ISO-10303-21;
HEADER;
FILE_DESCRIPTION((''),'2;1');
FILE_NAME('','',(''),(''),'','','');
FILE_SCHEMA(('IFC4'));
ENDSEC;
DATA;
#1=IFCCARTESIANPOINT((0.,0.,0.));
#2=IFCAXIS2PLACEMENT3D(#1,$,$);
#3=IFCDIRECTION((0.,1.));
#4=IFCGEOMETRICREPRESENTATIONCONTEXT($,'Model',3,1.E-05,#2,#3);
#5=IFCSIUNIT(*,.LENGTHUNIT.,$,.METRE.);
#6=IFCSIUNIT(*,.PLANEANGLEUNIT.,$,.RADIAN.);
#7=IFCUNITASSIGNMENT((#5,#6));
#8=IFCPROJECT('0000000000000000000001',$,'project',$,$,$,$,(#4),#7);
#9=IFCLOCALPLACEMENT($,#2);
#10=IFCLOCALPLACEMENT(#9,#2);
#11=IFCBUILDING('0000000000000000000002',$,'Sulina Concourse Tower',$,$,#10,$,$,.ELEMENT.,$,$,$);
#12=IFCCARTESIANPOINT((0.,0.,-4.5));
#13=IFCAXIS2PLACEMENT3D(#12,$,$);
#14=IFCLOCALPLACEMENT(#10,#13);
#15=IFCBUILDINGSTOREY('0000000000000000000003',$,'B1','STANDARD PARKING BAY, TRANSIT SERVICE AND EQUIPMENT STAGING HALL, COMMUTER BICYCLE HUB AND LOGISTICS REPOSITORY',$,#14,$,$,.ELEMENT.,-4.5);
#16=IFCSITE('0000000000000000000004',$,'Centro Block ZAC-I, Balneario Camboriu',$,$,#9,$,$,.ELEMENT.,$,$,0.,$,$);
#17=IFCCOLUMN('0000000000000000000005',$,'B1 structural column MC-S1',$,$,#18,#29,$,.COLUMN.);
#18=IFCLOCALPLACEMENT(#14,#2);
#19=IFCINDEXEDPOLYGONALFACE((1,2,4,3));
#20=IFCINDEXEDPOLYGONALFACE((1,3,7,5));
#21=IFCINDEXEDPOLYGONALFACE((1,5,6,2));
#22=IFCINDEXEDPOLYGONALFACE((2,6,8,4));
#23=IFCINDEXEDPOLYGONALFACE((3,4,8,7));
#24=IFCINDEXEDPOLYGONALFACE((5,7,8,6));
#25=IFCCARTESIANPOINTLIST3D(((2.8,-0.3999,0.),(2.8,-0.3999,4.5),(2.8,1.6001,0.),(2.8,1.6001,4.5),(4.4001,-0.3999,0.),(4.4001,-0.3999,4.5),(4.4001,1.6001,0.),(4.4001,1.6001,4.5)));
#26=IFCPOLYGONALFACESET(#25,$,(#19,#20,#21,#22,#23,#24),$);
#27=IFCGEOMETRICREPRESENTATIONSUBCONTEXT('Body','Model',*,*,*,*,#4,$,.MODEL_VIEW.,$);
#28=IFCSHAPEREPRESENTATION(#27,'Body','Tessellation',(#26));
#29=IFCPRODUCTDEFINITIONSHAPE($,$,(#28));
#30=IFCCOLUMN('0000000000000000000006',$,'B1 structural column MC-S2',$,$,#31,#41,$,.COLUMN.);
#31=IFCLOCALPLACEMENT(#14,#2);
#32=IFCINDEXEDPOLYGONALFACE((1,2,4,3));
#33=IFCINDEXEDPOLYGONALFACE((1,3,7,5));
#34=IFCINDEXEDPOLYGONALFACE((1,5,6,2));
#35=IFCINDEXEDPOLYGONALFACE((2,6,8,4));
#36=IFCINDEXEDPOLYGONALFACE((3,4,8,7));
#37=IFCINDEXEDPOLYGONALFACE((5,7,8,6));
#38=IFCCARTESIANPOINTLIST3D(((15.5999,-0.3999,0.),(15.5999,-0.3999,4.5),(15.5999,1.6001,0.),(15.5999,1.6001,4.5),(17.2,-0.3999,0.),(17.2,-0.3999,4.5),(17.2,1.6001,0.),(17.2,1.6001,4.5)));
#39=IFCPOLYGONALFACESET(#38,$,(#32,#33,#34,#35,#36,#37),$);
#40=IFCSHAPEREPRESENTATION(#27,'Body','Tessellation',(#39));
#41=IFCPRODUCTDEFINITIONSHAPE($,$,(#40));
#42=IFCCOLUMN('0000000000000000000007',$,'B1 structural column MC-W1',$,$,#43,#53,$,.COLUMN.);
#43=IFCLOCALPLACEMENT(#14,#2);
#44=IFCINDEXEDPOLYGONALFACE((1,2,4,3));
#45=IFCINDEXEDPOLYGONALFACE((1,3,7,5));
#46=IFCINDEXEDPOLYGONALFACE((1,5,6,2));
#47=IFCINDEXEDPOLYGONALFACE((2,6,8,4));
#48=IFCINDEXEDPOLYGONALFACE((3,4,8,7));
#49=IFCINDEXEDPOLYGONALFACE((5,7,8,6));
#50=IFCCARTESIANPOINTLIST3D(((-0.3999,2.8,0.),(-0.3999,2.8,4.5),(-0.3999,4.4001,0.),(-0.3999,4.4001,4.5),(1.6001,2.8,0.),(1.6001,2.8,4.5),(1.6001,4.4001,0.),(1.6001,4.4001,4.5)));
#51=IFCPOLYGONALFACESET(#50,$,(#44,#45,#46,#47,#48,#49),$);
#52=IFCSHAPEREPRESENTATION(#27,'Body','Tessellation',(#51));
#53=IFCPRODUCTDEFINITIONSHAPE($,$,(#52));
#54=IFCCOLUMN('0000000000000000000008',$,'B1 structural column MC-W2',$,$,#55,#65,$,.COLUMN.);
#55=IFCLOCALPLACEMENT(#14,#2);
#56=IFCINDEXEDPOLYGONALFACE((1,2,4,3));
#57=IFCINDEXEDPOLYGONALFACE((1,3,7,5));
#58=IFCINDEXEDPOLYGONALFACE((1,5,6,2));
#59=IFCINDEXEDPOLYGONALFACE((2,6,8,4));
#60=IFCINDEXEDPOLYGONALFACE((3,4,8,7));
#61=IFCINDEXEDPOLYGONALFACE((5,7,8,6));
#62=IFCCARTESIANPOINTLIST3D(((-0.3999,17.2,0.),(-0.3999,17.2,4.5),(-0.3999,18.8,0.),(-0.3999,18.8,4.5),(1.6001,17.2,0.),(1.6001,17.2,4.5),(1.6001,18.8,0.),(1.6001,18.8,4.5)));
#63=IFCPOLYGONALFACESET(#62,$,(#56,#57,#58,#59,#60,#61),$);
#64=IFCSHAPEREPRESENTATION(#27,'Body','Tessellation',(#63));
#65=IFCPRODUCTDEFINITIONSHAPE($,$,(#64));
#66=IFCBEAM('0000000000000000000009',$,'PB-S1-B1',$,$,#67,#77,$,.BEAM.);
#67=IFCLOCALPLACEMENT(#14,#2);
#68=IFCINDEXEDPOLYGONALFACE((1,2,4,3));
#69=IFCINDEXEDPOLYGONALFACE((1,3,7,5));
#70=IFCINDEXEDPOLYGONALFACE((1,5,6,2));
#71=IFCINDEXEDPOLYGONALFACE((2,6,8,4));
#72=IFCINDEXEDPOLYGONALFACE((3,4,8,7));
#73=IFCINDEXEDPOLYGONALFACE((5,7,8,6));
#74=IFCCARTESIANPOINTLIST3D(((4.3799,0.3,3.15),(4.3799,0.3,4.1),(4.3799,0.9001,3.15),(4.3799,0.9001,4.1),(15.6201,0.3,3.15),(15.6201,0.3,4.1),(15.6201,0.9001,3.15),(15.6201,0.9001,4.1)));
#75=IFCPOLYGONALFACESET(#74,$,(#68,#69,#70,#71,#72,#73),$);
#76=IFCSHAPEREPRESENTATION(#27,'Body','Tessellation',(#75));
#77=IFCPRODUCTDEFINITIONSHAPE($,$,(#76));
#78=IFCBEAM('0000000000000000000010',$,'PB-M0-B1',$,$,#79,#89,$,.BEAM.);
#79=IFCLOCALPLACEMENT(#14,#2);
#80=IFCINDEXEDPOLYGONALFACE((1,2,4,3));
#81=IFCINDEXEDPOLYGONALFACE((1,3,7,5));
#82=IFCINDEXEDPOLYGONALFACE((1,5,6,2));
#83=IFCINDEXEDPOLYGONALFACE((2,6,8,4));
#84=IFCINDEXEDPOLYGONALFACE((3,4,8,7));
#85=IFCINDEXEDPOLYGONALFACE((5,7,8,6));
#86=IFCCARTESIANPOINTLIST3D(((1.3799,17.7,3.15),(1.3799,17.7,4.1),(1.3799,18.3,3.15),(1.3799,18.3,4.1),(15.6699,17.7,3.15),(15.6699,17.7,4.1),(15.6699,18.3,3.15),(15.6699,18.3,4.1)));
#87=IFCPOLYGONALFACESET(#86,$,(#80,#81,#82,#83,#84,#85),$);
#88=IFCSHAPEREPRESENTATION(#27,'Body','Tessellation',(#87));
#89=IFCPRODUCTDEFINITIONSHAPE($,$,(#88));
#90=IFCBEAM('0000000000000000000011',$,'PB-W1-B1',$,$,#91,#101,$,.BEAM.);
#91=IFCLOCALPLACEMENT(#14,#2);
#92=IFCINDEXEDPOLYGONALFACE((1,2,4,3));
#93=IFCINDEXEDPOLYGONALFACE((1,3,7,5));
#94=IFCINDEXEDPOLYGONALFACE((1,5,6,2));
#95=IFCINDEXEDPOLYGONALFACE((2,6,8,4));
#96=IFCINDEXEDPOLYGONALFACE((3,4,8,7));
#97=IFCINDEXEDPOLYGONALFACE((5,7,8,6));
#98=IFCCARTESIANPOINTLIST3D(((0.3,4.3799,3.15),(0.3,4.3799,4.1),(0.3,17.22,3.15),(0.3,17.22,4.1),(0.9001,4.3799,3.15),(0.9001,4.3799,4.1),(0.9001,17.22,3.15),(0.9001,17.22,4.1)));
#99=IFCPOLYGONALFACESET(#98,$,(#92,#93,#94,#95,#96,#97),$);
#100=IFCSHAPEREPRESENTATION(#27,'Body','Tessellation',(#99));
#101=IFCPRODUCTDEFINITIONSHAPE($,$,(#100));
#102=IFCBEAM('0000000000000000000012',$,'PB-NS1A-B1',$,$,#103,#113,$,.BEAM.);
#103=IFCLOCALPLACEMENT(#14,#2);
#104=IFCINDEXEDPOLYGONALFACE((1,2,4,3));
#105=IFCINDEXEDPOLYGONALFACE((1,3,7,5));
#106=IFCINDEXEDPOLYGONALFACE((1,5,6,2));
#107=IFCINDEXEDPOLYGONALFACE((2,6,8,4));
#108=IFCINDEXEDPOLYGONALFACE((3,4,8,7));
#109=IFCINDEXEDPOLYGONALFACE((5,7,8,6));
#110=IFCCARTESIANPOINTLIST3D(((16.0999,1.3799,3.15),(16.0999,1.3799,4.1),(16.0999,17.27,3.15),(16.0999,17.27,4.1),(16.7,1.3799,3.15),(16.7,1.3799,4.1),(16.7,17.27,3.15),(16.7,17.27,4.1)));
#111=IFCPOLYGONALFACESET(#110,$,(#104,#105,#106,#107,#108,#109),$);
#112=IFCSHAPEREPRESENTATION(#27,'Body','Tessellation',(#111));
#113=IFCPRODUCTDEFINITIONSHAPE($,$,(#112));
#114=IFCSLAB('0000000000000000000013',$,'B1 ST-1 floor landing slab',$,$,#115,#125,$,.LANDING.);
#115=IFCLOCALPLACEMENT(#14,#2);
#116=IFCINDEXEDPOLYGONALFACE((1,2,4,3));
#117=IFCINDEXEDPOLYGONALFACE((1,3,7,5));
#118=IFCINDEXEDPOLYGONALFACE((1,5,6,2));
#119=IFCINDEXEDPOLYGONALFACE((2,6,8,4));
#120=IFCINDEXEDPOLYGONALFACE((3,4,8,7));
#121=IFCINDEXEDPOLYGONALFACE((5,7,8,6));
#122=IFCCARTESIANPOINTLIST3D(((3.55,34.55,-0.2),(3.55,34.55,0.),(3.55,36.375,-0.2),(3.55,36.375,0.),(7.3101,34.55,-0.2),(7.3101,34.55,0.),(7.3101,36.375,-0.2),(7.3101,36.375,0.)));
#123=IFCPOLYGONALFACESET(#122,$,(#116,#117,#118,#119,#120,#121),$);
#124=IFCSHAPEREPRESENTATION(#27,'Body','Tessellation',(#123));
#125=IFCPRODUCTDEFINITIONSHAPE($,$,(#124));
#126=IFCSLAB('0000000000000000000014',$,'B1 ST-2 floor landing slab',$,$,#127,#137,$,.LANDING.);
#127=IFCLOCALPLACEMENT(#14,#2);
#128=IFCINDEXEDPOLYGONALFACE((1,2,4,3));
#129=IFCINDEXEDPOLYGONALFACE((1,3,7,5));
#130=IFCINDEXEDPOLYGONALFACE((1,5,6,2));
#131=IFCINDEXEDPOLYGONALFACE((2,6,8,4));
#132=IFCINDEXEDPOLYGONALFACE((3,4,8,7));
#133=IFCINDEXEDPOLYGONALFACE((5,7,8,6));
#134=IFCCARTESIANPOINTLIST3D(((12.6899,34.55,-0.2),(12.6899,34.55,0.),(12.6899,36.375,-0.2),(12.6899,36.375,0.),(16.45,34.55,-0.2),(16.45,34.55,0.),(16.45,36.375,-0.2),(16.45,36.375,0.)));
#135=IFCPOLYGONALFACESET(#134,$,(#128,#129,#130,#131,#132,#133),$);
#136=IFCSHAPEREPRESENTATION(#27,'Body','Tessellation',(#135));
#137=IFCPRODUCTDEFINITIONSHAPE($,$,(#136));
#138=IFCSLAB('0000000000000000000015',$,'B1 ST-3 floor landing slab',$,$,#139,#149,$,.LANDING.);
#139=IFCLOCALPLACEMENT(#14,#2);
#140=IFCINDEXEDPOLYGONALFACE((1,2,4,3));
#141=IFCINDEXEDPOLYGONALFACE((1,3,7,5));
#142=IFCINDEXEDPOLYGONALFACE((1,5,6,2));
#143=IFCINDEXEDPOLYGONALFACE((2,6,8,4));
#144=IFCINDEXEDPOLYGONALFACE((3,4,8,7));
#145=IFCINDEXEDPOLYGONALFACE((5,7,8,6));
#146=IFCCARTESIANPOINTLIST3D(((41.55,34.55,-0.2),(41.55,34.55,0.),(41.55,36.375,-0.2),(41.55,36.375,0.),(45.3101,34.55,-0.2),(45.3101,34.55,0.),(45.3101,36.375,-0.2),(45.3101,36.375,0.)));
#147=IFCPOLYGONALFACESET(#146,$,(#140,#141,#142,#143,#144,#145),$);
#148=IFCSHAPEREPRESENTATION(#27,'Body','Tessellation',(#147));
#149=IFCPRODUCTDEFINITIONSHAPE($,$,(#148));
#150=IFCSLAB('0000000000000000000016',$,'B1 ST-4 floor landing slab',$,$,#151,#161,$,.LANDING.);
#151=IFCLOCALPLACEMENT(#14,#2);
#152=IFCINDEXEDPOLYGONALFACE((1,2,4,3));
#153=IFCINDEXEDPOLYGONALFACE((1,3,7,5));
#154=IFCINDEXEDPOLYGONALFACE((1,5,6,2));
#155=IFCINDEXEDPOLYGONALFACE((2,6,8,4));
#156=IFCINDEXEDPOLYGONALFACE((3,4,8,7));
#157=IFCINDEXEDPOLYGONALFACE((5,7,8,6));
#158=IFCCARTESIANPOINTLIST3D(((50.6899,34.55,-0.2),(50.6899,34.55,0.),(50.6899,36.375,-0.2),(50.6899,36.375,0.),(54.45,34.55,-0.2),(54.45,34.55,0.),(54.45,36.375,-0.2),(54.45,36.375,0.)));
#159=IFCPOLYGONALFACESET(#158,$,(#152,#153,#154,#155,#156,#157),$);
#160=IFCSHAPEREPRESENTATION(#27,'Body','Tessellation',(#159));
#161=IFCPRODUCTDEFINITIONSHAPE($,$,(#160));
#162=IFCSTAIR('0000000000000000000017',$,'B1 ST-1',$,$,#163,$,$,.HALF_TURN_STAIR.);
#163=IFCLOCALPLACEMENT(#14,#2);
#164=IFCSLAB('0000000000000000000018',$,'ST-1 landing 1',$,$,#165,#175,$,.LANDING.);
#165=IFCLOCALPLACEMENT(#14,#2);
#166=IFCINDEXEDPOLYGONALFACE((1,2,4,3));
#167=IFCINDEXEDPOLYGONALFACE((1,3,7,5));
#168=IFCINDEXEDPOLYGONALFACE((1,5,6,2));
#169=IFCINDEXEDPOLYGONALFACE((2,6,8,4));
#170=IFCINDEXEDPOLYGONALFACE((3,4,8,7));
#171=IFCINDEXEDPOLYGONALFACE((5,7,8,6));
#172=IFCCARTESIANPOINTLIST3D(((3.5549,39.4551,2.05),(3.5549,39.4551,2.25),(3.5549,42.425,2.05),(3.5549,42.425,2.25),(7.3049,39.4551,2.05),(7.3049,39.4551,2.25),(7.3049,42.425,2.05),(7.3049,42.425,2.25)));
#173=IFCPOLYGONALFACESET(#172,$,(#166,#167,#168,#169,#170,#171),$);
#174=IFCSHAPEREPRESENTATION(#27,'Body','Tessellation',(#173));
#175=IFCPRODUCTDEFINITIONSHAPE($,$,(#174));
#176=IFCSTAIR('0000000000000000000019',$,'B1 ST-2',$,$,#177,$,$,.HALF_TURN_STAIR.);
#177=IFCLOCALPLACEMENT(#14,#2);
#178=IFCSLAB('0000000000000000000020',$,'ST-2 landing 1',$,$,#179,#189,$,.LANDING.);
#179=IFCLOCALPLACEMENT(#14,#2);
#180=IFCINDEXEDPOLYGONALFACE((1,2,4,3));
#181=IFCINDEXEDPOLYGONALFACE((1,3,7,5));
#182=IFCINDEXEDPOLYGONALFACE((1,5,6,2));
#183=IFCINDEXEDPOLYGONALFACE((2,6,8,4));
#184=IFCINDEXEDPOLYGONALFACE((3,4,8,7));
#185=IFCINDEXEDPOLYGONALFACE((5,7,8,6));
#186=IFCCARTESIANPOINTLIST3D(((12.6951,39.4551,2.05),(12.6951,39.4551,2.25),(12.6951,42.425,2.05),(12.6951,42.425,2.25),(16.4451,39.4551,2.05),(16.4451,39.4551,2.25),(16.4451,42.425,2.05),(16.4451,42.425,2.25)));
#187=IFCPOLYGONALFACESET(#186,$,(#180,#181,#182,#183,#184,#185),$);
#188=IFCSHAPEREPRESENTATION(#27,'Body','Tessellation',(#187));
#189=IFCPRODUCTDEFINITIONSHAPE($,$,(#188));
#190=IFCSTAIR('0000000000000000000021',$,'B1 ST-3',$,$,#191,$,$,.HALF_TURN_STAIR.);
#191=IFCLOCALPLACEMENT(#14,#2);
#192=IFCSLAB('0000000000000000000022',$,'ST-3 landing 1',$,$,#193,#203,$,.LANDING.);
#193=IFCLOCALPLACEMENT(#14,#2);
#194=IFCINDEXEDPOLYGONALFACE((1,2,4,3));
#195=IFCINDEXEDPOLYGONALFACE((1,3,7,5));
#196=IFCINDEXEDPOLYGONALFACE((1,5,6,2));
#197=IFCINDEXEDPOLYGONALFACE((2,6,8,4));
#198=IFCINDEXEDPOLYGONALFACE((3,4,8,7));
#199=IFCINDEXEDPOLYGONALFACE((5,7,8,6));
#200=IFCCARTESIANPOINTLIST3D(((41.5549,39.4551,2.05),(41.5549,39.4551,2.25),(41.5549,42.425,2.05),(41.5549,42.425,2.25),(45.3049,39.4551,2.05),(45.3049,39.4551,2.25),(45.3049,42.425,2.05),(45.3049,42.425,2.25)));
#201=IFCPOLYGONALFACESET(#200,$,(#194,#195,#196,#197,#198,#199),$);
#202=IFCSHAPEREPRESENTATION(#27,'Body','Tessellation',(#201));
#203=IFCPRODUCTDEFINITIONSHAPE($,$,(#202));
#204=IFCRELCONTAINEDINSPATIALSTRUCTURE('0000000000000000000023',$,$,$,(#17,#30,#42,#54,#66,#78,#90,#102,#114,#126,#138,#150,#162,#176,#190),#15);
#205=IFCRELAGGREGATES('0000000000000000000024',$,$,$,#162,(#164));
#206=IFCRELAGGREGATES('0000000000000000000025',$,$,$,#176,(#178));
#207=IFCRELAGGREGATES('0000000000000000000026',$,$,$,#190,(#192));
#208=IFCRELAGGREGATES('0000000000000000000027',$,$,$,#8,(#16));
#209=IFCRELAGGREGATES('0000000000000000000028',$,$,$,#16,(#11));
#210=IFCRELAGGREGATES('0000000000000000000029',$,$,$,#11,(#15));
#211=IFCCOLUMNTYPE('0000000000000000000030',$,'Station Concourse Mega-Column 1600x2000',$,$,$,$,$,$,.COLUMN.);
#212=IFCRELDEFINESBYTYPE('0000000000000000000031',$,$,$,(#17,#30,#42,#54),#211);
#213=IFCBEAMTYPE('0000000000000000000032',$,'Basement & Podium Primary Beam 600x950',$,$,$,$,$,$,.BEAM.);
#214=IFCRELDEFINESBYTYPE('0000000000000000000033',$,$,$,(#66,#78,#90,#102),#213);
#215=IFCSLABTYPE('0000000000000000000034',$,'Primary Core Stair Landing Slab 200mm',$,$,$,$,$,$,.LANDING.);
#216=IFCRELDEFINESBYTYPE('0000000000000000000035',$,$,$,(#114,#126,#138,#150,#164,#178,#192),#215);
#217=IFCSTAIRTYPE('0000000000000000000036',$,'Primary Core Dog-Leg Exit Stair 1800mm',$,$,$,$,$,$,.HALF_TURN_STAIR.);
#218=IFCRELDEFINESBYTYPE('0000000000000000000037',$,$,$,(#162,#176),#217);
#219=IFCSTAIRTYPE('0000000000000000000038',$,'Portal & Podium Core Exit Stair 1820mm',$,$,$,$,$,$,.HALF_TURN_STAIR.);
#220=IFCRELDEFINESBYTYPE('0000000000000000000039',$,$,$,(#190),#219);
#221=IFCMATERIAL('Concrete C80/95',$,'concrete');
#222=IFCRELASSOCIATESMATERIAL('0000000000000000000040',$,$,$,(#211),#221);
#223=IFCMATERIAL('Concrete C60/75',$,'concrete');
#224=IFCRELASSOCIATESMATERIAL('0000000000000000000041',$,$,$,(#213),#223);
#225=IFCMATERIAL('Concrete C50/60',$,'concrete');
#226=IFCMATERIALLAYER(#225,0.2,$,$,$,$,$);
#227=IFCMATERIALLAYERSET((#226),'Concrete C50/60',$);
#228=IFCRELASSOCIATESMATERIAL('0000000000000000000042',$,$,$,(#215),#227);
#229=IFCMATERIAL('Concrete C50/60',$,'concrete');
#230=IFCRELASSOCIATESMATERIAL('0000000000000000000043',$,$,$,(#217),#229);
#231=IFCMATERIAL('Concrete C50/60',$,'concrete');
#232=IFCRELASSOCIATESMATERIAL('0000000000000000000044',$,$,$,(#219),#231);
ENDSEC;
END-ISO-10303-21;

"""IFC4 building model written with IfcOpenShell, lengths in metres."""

from ifc_helpers import new_model, si_unit, direction, frame, origin, origin_2d, place, context, subcontext, project, spatial, polyline, rectangle, outline, extrude, material, layer, layer_set, material_profile, profile_set, type_object, element, aggregate, save


model = new_model("IFC4")

# Units and contexts
model_context = context("Model", 3, precision=1e-05, world=origin(), true_north=direction((0.0, 1.0)))
body_context = subcontext(model_context, "Body", "Model", "MODEL_VIEW")
ifc_project = project(units=[si_unit("LENGTHUNIT", "METRE"), si_unit("PLANEANGLEUNIT", "RADIAN")], contexts=[model_context])

# Site, building, storey
site_placement = place(None, origin())
site = spatial("IfcSite", under=ifc_project, at=site_placement, Name="Centro Block ZAC-I, Balneario Camboriu", CompositionType="ELEMENT", RefElevation=0.0)
building_placement = place(site_placement, origin())
building = spatial("IfcBuilding", under=site, at=building_placement, Name="Sulina Concourse Tower", CompositionType="ELEMENT")
storey_placement = place(building_placement, frame((0.0, 0.0, -4.5)))
storey = spatial("IfcBuildingStorey", under=building, at=storey_placement, Name="B1", Description="STANDARD PARKING BAY, TRANSIT SERVICE AND EQUIPMENT STAGING HALL, COMMUTER BICYCLE HUB AND LOGISTICS REPOSITORY", CompositionType="ELEMENT", Elevation=-4.5)

# Columns
ifc_material_1 = material(Name="Concrete C80/95", Category="concrete")
ifc_material_profile_1 = material_profile(ifc_material_1, rectangle(XDim=1.6001, YDim=2.0, at=origin_2d()), Name="RC 1600x2000")
ifc_profile_set_1 = profile_set([ifc_material_profile_1], Name="Concrete C80/95")
column_type = type_object("IfcColumnType", Name="Station Concourse Mega-Column 1600x2000", PredefinedType="COLUMN", material=ifc_profile_set_1)
for number, where, z_axis, x_axis, name in (
    (1, (3.6001, 0.6001, 0.0), (0.0, 0.0, 1.0), (1.0, 0.0, 0.0), "B1 structural column MC-S1"),
    (2, (16.3999, 0.6001, 0.0), (0.0, 0.0, 1.0), (1.0, 0.0, 0.0), "B1 structural column MC-S2"),
    (3, (0.6001, 3.6001, 0.0), (0.0, 0.0, 1.0), (0.0, 1.0, 0.0), "B1 structural column MC-W1"),
    (4, (0.6001, 18.0, 0.0), (0.0, 0.0, 1.0), (0.0, 1.0, 0.0), "B1 structural column MC-W2"),
):
    element("IfcColumn", number, at=place(storey_placement, frame(where, z_axis=z_axis, x_axis=x_axis)), inside=storey, type_object=column_type, Name=name, PredefinedType="COLUMN", context=body_context, shape_type="SweptSolid", body=[
        extrude(rectangle(XDim=1.6001, YDim=2.0, at=origin_2d()), origin(), (0.0, 0.0, 1.0), 4.5),
    ])

# Beams
ifc_material_2 = material(Name="Concrete C60/75", Category="concrete")
ifc_material_profile_2 = material_profile(ifc_material_2, rectangle(XDim=0.6001, YDim=0.95, at=origin_2d()), Name="RC 600x950")
ifc_profile_set_2 = profile_set([ifc_material_profile_2], Name="Concrete C60/75")
beam_type = type_object("IfcBeamType", Name="Basement & Podium Primary Beam 600x950", PredefinedType="BEAM", material=ifc_profile_set_2)
beam_1_placement = place(storey_placement, frame((4.3799, 0.6001, 3.625), z_axis=(1.0, 0.0, 0.0), x_axis=(0.0, 1.0, 0.0)))
element("IfcBeam", 5, at=beam_1_placement, inside=storey, type_object=beam_type, Name="PB-S1-B1", PredefinedType="BEAM", context=body_context, shape_type="SweptSolid", body=[
    extrude(rectangle(XDim=0.6001, YDim=0.95, at=origin_2d()), origin(), (0.0, 0.0, 1.0), 11.2402),
])
beam_2_placement = place(storey_placement, frame((1.3799, 18.0, 3.625), z_axis=(1.0, 0.0, 0.0), x_axis=(0.0, 1.0, 0.0)))
element("IfcBeam", 6, at=beam_2_placement, inside=storey, type_object=beam_type, Name="PB-M0-B1", PredefinedType="BEAM", context=body_context, shape_type="SweptSolid", body=[
    extrude(rectangle(XDim=0.6001, YDim=0.95, at=origin_2d()), origin(), (0.0, 0.0, 1.0), 14.29),
])
beam_3_placement = place(storey_placement, frame((0.6001, 4.3799, 3.625), z_axis=(0.0, 1.0, 0.0), x_axis=(-1.0, 0.0, 0.0)))
element("IfcBeam", 7, at=beam_3_placement, inside=storey, type_object=beam_type, Name="PB-W1-B1", PredefinedType="BEAM", context=body_context, shape_type="SweptSolid", body=[
    extrude(rectangle(XDim=0.6001, YDim=0.95, at=origin_2d()), origin(), (0.0, 0.0, 1.0), 12.8401),
])
beam_4_placement = place(storey_placement, frame((16.3999, 1.3799, 3.625), z_axis=(0.0, 1.0, 0.0), x_axis=(-1.0, 0.0, 0.0)))
element("IfcBeam", 8, at=beam_4_placement, inside=storey, type_object=beam_type, Name="PB-NS1A-B1", PredefinedType="BEAM", context=body_context, shape_type="SweptSolid", body=[
    extrude(rectangle(XDim=0.6001, YDim=0.95, at=origin_2d()), origin(), (0.0, 0.0, 1.0), 15.8901),
])

# Slabs
ifc_material_3 = material(Name="Concrete C50/60", Category="concrete")
ifc_layer_1 = layer(ifc_material_3, 0.2)
ifc_layer_set_1 = layer_set([ifc_layer_1], Name="Concrete C50/60")
slab_type_1 = type_object("IfcSlabType", Name="Primary Core Stair Landing Slab 200mm", PredefinedType="LANDING", material=ifc_layer_set_1)
slab_1_placement = place(storey_placement, frame((0.0, 0.0, -0.2)))
element("IfcSlab", 9, at=slab_1_placement, inside=storey, type_object=slab_type_1, Name="B1 ST-1 floor landing slab", PredefinedType="LANDING", context=body_context, shape_type="SweptSolid", body=[
    extrude(outline(polyline([(7.3101, 34.55), (7.3101, 36.375), (3.55, 36.375), (3.55, 34.55), (7.3101, 34.55)])), origin(), (0.0, 0.0, 1.0), 0.2),
])
slab_2_placement = place(storey_placement, frame((0.0, 0.0, -0.2)))
element("IfcSlab", 10, at=slab_2_placement, inside=storey, type_object=slab_type_1, Name="B1 ST-2 floor landing slab", PredefinedType="LANDING", context=body_context, shape_type="SweptSolid", body=[
    extrude(outline(polyline([(16.45, 34.55), (16.45, 36.375), (12.6899, 36.375), (12.6899, 34.55), (16.45, 34.55)])), origin(), (0.0, 0.0, 1.0), 0.2),
])
slab_3_placement = place(storey_placement, frame((0.0, 0.0, -0.2)))
element("IfcSlab", 11, at=slab_3_placement, inside=storey, type_object=slab_type_1, Name="B1 ST-3 floor landing slab", PredefinedType="LANDING", context=body_context, shape_type="SweptSolid", body=[
    extrude(outline(polyline([(45.3101, 34.55), (45.3101, 36.375), (41.55, 36.375), (41.55, 34.55), (45.3101, 34.55)])), origin(), (0.0, 0.0, 1.0), 0.2),
])
slab_4_placement = place(storey_placement, frame((0.0, 0.0, -0.2)))
element("IfcSlab", 12, at=slab_4_placement, inside=storey, type_object=slab_type_1, Name="B1 ST-4 floor landing slab", PredefinedType="LANDING", context=body_context, shape_type="SweptSolid", body=[
    extrude(outline(polyline([(54.45, 34.55), (54.45, 36.375), (50.6899, 36.375), (50.6899, 34.55), (54.45, 34.55)])), origin(), (0.0, 0.0, 1.0), 0.2),
])

# Stairs, slabs
ifc_material_4 = material(Name="Concrete C50/60", Category="concrete")
stair_type_1 = type_object("IfcStairType", Name="Primary Core Dog-Leg Exit Stair 1800mm", PredefinedType="HALF_TURN_STAIR", material=ifc_material_4)
stair_1_placement = place(storey_placement, origin())
stair_1 = element("IfcStair", 13, at=stair_1_placement, inside=storey, type_object=stair_type_1, Name="B1 ST-1", PredefinedType="HALF_TURN_STAIR")
slab_5_placement = place(storey_placement, frame((0.0, 0.0, 2.05)))
slab_5 = element("IfcSlab", 14, at=slab_5_placement, type_object=slab_type_1, Name="ST-1 landing 1", PredefinedType="LANDING", context=body_context, shape_type="SweptSolid", body=[
    extrude(outline(polyline([(7.3049, 39.4551), (7.3049, 42.425), (3.5549, 42.425), (3.5549, 39.4551), (7.3049, 39.4551)])), origin(), (0.0, 0.0, 1.0), 0.2),
])
aggregate(stair_1, [slab_5])
stair_2_placement = place(storey_placement, origin())
stair_2 = element("IfcStair", 15, at=stair_2_placement, inside=storey, type_object=stair_type_1, Name="B1 ST-2", PredefinedType="HALF_TURN_STAIR")
slab_6_placement = place(storey_placement, frame((0.0, 0.0, 2.05)))
slab_6 = element("IfcSlab", 16, at=slab_6_placement, type_object=slab_type_1, Name="ST-2 landing 1", PredefinedType="LANDING", context=body_context, shape_type="SweptSolid", body=[
    extrude(outline(polyline([(16.4451, 39.4551), (16.4451, 42.425), (12.6951, 42.425), (12.6951, 39.4551), (16.4451, 39.4551)])), origin(), (0.0, 0.0, 1.0), 0.2),
])
aggregate(stair_2, [slab_6])
ifc_material_5 = material(Name="Concrete C50/60", Category="concrete")
stair_type_2 = type_object("IfcStairType", Name="Portal & Podium Core Exit Stair 1820mm", PredefinedType="HALF_TURN_STAIR", material=ifc_material_5)
stair_3_placement = place(storey_placement, origin())
stair_3 = element("IfcStair", 17, at=stair_3_placement, inside=storey, type_object=stair_type_2, Name="B1 ST-3", PredefinedType="HALF_TURN_STAIR")
slab_7_placement = place(storey_placement, frame((0.0, 0.0, 2.05)))
slab_7 = element("IfcSlab", 18, at=slab_7_placement, type_object=slab_type_1, Name="ST-3 landing 1", PredefinedType="LANDING", context=body_context, shape_type="SweptSolid", body=[
    extrude(outline(polyline([(45.3049, 39.4551), (45.3049, 42.425), (41.5549, 42.425), (41.5549, 39.4551), (45.3049, 39.4551)])), origin(), (0.0, 0.0, 1.0), 0.2),
])
aggregate(stair_3, [slab_7])

save(model, "model.ifc")
